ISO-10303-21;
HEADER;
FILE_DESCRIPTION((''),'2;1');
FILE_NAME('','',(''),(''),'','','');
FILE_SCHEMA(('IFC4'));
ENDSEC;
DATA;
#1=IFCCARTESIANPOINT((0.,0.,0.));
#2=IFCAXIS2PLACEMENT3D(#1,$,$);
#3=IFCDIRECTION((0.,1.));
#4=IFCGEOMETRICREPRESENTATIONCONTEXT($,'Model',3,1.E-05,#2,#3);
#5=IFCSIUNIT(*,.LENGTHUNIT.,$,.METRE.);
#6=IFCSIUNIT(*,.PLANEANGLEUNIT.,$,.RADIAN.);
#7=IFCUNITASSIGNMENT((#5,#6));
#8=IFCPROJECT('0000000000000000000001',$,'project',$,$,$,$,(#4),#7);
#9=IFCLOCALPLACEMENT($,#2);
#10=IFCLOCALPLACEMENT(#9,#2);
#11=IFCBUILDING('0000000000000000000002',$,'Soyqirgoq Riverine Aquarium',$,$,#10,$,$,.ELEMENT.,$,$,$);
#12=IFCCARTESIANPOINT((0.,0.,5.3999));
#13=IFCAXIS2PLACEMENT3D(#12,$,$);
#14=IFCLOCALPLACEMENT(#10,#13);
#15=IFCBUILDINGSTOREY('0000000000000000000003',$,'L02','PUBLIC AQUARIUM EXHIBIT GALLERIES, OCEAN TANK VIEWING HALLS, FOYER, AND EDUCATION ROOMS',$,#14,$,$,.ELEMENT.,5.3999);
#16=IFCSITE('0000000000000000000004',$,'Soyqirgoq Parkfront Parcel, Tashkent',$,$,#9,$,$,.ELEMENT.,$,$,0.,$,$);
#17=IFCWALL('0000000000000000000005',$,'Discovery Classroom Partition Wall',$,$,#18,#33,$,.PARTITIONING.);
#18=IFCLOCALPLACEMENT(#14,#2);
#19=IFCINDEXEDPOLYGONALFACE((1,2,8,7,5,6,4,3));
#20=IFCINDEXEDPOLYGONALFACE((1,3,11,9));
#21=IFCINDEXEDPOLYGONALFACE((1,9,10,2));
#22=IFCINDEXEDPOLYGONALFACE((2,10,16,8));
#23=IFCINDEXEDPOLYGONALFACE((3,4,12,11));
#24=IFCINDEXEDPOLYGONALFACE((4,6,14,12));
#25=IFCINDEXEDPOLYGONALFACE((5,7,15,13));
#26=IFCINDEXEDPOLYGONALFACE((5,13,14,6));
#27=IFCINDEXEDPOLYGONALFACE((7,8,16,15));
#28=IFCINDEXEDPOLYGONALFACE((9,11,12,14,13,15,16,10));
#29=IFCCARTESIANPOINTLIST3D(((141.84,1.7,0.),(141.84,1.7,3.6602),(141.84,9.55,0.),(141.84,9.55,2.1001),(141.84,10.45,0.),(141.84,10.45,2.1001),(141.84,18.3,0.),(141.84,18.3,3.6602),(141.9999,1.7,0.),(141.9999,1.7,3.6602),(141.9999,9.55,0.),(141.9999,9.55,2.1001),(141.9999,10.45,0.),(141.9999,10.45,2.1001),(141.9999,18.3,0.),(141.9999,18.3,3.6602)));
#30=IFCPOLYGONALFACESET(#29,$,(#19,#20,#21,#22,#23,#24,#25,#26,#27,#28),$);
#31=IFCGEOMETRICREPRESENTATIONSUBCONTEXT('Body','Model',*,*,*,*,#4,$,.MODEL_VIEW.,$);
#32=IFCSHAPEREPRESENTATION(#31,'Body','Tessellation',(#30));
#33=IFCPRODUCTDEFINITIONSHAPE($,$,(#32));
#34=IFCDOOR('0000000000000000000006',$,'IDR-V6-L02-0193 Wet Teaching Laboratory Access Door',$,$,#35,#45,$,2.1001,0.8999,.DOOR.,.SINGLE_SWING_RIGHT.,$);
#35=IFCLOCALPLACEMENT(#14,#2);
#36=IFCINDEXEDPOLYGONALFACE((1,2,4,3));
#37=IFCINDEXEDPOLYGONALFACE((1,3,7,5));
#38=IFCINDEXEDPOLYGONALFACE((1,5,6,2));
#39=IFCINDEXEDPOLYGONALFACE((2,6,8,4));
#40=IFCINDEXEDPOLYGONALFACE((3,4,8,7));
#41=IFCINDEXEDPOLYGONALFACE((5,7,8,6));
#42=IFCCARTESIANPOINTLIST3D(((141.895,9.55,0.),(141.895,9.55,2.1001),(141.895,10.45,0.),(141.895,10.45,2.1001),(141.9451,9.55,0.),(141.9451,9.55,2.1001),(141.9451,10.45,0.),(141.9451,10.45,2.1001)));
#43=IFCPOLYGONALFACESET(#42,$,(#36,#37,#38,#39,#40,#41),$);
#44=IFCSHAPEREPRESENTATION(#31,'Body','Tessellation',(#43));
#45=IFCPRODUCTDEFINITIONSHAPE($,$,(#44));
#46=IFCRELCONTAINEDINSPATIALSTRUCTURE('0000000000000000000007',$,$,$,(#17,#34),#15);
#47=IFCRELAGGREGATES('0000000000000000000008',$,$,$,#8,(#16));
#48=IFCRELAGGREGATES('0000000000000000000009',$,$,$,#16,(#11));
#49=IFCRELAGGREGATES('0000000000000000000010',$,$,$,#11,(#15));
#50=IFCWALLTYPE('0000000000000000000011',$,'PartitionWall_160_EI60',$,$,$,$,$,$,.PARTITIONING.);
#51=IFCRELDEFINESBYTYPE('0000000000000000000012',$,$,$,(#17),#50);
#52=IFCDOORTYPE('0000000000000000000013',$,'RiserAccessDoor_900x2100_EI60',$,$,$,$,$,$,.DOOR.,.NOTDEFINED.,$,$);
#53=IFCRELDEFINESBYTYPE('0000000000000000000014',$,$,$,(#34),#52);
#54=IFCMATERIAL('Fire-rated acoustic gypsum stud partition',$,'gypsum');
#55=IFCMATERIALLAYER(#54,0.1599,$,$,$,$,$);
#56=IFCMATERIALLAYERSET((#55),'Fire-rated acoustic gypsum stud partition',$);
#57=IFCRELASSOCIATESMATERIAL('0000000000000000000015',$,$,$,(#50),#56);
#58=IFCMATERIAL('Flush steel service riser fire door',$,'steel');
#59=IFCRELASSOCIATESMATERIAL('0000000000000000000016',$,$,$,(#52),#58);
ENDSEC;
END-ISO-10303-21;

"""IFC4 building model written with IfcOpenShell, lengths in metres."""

from ifc_helpers import new_model, si_unit, direction, frame, frame_2d, origin, place, context, subcontext, project, spatial, rectangle, extrude, material, layer, layer_set, type_object, element, fill, save


model = new_model("IFC4")

# Units and contexts
model_context = context("Model", 3, precision=1e-05, world=origin(), true_north=direction((0.0, 1.0)))
body_context = subcontext(model_context, "Body", "Model", "MODEL_VIEW")
ifc_project = project(units=[si_unit("LENGTHUNIT", "METRE"), si_unit("PLANEANGLEUNIT", "RADIAN")], contexts=[model_context])

# Site, building, storey
site_placement = place(None, origin())
site = spatial("IfcSite", under=ifc_project, at=site_placement, Name="Soyqirgoq Parkfront Parcel, Tashkent", CompositionType="ELEMENT", RefElevation=0.0)
building_placement = place(site_placement, origin())
building = spatial("IfcBuilding", under=site, at=building_placement, Name="Soyqirgoq Riverine Aquarium", CompositionType="ELEMENT")
storey_placement = place(building_placement, frame((0.0, 0.0, 5.3999)))
storey = spatial("IfcBuildingStorey", under=building, at=storey_placement, Name="L02", Description="PUBLIC AQUARIUM EXHIBIT GALLERIES, OCEAN TANK VIEWING HALLS, FOYER, AND EDUCATION ROOMS", CompositionType="ELEMENT", Elevation=5.3999)

# Wall, opening, door
ifc_material_1 = material(Name="Fire-rated acoustic gypsum stud partition", Category="gypsum")
ifc_layer_1 = layer(ifc_material_1, 0.1599)
ifc_layer_set_1 = layer_set([ifc_layer_1], Name="Fire-rated acoustic gypsum stud partition")
wall_type = type_object("IfcWallType", Name="PartitionWall_160_EI60", PredefinedType="PARTITIONING", material=ifc_layer_set_1)
wall_placement = place(storey_placement, frame((141.9199, 1.7, 0.0), z_axis=(0.0, 0.0, 1.0), x_axis=(0.0, 1.0, 0.0)))
wall = element("IfcWall", 1, at=wall_placement, inside=storey, type_object=wall_type, Name="Discovery Classroom Partition Wall", PredefinedType="PARTITIONING", context=body_context, shape_type="SweptSolid", body=[
    extrude(rectangle(XDim=16.6001, YDim=0.1599, at=frame_2d((8.3, 0.0))), origin(), (0.0, 0.0, 1.0), 3.6602),
])
opening_placement = place(wall_placement, frame((7.8501, 0.0, 0.0)))
opening = element("IfcOpeningElement", 2, at=opening_placement, cuts=wall, PredefinedType="OPENING", context=body_context, shape_type="SweptSolid", body=[
    extrude(rectangle(XDim=0.8999, YDim=2.1001, at=frame_2d((0.45, 1.05))), frame((0.0, 0.0898, 0.0), z_axis=(0.0, -1.0, 0.0), x_axis=(1.0, 0.0, 0.0)), (0.0, 0.0, 1.0), 0.1799),
])
ifc_material_2 = material(Name="Flush steel service riser fire door", Category="steel")
door_type = type_object("IfcDoorType", Name="RiserAccessDoor_900x2100_EI60", OperationType="NOTDEFINED", PredefinedType="DOOR", material=ifc_material_2)
door_placement = place(opening_placement, origin())
door = element("IfcDoor", 3, at=door_placement, inside=storey, type_object=door_type, Name="IDR-V6-L02-0193 Wet Teaching Laboratory Access Door", OperationType="SINGLE_SWING_RIGHT", OverallHeight=2.1001, OverallWidth=0.8999, PredefinedType="DOOR", context=body_context, shape_type="SweptSolid", body=[
    extrude(rectangle(XDim=0.8999, YDim=2.1001, at=frame_2d((0.45, 1.05))), frame((0.0, 0.0249, 0.0), z_axis=(0.0, -1.0, 0.0), x_axis=(1.0, 0.0, 0.0)), (0.0, 0.0, 1.0), 0.05),
])
fill(opening, door)

save(model, "model.ifc")
